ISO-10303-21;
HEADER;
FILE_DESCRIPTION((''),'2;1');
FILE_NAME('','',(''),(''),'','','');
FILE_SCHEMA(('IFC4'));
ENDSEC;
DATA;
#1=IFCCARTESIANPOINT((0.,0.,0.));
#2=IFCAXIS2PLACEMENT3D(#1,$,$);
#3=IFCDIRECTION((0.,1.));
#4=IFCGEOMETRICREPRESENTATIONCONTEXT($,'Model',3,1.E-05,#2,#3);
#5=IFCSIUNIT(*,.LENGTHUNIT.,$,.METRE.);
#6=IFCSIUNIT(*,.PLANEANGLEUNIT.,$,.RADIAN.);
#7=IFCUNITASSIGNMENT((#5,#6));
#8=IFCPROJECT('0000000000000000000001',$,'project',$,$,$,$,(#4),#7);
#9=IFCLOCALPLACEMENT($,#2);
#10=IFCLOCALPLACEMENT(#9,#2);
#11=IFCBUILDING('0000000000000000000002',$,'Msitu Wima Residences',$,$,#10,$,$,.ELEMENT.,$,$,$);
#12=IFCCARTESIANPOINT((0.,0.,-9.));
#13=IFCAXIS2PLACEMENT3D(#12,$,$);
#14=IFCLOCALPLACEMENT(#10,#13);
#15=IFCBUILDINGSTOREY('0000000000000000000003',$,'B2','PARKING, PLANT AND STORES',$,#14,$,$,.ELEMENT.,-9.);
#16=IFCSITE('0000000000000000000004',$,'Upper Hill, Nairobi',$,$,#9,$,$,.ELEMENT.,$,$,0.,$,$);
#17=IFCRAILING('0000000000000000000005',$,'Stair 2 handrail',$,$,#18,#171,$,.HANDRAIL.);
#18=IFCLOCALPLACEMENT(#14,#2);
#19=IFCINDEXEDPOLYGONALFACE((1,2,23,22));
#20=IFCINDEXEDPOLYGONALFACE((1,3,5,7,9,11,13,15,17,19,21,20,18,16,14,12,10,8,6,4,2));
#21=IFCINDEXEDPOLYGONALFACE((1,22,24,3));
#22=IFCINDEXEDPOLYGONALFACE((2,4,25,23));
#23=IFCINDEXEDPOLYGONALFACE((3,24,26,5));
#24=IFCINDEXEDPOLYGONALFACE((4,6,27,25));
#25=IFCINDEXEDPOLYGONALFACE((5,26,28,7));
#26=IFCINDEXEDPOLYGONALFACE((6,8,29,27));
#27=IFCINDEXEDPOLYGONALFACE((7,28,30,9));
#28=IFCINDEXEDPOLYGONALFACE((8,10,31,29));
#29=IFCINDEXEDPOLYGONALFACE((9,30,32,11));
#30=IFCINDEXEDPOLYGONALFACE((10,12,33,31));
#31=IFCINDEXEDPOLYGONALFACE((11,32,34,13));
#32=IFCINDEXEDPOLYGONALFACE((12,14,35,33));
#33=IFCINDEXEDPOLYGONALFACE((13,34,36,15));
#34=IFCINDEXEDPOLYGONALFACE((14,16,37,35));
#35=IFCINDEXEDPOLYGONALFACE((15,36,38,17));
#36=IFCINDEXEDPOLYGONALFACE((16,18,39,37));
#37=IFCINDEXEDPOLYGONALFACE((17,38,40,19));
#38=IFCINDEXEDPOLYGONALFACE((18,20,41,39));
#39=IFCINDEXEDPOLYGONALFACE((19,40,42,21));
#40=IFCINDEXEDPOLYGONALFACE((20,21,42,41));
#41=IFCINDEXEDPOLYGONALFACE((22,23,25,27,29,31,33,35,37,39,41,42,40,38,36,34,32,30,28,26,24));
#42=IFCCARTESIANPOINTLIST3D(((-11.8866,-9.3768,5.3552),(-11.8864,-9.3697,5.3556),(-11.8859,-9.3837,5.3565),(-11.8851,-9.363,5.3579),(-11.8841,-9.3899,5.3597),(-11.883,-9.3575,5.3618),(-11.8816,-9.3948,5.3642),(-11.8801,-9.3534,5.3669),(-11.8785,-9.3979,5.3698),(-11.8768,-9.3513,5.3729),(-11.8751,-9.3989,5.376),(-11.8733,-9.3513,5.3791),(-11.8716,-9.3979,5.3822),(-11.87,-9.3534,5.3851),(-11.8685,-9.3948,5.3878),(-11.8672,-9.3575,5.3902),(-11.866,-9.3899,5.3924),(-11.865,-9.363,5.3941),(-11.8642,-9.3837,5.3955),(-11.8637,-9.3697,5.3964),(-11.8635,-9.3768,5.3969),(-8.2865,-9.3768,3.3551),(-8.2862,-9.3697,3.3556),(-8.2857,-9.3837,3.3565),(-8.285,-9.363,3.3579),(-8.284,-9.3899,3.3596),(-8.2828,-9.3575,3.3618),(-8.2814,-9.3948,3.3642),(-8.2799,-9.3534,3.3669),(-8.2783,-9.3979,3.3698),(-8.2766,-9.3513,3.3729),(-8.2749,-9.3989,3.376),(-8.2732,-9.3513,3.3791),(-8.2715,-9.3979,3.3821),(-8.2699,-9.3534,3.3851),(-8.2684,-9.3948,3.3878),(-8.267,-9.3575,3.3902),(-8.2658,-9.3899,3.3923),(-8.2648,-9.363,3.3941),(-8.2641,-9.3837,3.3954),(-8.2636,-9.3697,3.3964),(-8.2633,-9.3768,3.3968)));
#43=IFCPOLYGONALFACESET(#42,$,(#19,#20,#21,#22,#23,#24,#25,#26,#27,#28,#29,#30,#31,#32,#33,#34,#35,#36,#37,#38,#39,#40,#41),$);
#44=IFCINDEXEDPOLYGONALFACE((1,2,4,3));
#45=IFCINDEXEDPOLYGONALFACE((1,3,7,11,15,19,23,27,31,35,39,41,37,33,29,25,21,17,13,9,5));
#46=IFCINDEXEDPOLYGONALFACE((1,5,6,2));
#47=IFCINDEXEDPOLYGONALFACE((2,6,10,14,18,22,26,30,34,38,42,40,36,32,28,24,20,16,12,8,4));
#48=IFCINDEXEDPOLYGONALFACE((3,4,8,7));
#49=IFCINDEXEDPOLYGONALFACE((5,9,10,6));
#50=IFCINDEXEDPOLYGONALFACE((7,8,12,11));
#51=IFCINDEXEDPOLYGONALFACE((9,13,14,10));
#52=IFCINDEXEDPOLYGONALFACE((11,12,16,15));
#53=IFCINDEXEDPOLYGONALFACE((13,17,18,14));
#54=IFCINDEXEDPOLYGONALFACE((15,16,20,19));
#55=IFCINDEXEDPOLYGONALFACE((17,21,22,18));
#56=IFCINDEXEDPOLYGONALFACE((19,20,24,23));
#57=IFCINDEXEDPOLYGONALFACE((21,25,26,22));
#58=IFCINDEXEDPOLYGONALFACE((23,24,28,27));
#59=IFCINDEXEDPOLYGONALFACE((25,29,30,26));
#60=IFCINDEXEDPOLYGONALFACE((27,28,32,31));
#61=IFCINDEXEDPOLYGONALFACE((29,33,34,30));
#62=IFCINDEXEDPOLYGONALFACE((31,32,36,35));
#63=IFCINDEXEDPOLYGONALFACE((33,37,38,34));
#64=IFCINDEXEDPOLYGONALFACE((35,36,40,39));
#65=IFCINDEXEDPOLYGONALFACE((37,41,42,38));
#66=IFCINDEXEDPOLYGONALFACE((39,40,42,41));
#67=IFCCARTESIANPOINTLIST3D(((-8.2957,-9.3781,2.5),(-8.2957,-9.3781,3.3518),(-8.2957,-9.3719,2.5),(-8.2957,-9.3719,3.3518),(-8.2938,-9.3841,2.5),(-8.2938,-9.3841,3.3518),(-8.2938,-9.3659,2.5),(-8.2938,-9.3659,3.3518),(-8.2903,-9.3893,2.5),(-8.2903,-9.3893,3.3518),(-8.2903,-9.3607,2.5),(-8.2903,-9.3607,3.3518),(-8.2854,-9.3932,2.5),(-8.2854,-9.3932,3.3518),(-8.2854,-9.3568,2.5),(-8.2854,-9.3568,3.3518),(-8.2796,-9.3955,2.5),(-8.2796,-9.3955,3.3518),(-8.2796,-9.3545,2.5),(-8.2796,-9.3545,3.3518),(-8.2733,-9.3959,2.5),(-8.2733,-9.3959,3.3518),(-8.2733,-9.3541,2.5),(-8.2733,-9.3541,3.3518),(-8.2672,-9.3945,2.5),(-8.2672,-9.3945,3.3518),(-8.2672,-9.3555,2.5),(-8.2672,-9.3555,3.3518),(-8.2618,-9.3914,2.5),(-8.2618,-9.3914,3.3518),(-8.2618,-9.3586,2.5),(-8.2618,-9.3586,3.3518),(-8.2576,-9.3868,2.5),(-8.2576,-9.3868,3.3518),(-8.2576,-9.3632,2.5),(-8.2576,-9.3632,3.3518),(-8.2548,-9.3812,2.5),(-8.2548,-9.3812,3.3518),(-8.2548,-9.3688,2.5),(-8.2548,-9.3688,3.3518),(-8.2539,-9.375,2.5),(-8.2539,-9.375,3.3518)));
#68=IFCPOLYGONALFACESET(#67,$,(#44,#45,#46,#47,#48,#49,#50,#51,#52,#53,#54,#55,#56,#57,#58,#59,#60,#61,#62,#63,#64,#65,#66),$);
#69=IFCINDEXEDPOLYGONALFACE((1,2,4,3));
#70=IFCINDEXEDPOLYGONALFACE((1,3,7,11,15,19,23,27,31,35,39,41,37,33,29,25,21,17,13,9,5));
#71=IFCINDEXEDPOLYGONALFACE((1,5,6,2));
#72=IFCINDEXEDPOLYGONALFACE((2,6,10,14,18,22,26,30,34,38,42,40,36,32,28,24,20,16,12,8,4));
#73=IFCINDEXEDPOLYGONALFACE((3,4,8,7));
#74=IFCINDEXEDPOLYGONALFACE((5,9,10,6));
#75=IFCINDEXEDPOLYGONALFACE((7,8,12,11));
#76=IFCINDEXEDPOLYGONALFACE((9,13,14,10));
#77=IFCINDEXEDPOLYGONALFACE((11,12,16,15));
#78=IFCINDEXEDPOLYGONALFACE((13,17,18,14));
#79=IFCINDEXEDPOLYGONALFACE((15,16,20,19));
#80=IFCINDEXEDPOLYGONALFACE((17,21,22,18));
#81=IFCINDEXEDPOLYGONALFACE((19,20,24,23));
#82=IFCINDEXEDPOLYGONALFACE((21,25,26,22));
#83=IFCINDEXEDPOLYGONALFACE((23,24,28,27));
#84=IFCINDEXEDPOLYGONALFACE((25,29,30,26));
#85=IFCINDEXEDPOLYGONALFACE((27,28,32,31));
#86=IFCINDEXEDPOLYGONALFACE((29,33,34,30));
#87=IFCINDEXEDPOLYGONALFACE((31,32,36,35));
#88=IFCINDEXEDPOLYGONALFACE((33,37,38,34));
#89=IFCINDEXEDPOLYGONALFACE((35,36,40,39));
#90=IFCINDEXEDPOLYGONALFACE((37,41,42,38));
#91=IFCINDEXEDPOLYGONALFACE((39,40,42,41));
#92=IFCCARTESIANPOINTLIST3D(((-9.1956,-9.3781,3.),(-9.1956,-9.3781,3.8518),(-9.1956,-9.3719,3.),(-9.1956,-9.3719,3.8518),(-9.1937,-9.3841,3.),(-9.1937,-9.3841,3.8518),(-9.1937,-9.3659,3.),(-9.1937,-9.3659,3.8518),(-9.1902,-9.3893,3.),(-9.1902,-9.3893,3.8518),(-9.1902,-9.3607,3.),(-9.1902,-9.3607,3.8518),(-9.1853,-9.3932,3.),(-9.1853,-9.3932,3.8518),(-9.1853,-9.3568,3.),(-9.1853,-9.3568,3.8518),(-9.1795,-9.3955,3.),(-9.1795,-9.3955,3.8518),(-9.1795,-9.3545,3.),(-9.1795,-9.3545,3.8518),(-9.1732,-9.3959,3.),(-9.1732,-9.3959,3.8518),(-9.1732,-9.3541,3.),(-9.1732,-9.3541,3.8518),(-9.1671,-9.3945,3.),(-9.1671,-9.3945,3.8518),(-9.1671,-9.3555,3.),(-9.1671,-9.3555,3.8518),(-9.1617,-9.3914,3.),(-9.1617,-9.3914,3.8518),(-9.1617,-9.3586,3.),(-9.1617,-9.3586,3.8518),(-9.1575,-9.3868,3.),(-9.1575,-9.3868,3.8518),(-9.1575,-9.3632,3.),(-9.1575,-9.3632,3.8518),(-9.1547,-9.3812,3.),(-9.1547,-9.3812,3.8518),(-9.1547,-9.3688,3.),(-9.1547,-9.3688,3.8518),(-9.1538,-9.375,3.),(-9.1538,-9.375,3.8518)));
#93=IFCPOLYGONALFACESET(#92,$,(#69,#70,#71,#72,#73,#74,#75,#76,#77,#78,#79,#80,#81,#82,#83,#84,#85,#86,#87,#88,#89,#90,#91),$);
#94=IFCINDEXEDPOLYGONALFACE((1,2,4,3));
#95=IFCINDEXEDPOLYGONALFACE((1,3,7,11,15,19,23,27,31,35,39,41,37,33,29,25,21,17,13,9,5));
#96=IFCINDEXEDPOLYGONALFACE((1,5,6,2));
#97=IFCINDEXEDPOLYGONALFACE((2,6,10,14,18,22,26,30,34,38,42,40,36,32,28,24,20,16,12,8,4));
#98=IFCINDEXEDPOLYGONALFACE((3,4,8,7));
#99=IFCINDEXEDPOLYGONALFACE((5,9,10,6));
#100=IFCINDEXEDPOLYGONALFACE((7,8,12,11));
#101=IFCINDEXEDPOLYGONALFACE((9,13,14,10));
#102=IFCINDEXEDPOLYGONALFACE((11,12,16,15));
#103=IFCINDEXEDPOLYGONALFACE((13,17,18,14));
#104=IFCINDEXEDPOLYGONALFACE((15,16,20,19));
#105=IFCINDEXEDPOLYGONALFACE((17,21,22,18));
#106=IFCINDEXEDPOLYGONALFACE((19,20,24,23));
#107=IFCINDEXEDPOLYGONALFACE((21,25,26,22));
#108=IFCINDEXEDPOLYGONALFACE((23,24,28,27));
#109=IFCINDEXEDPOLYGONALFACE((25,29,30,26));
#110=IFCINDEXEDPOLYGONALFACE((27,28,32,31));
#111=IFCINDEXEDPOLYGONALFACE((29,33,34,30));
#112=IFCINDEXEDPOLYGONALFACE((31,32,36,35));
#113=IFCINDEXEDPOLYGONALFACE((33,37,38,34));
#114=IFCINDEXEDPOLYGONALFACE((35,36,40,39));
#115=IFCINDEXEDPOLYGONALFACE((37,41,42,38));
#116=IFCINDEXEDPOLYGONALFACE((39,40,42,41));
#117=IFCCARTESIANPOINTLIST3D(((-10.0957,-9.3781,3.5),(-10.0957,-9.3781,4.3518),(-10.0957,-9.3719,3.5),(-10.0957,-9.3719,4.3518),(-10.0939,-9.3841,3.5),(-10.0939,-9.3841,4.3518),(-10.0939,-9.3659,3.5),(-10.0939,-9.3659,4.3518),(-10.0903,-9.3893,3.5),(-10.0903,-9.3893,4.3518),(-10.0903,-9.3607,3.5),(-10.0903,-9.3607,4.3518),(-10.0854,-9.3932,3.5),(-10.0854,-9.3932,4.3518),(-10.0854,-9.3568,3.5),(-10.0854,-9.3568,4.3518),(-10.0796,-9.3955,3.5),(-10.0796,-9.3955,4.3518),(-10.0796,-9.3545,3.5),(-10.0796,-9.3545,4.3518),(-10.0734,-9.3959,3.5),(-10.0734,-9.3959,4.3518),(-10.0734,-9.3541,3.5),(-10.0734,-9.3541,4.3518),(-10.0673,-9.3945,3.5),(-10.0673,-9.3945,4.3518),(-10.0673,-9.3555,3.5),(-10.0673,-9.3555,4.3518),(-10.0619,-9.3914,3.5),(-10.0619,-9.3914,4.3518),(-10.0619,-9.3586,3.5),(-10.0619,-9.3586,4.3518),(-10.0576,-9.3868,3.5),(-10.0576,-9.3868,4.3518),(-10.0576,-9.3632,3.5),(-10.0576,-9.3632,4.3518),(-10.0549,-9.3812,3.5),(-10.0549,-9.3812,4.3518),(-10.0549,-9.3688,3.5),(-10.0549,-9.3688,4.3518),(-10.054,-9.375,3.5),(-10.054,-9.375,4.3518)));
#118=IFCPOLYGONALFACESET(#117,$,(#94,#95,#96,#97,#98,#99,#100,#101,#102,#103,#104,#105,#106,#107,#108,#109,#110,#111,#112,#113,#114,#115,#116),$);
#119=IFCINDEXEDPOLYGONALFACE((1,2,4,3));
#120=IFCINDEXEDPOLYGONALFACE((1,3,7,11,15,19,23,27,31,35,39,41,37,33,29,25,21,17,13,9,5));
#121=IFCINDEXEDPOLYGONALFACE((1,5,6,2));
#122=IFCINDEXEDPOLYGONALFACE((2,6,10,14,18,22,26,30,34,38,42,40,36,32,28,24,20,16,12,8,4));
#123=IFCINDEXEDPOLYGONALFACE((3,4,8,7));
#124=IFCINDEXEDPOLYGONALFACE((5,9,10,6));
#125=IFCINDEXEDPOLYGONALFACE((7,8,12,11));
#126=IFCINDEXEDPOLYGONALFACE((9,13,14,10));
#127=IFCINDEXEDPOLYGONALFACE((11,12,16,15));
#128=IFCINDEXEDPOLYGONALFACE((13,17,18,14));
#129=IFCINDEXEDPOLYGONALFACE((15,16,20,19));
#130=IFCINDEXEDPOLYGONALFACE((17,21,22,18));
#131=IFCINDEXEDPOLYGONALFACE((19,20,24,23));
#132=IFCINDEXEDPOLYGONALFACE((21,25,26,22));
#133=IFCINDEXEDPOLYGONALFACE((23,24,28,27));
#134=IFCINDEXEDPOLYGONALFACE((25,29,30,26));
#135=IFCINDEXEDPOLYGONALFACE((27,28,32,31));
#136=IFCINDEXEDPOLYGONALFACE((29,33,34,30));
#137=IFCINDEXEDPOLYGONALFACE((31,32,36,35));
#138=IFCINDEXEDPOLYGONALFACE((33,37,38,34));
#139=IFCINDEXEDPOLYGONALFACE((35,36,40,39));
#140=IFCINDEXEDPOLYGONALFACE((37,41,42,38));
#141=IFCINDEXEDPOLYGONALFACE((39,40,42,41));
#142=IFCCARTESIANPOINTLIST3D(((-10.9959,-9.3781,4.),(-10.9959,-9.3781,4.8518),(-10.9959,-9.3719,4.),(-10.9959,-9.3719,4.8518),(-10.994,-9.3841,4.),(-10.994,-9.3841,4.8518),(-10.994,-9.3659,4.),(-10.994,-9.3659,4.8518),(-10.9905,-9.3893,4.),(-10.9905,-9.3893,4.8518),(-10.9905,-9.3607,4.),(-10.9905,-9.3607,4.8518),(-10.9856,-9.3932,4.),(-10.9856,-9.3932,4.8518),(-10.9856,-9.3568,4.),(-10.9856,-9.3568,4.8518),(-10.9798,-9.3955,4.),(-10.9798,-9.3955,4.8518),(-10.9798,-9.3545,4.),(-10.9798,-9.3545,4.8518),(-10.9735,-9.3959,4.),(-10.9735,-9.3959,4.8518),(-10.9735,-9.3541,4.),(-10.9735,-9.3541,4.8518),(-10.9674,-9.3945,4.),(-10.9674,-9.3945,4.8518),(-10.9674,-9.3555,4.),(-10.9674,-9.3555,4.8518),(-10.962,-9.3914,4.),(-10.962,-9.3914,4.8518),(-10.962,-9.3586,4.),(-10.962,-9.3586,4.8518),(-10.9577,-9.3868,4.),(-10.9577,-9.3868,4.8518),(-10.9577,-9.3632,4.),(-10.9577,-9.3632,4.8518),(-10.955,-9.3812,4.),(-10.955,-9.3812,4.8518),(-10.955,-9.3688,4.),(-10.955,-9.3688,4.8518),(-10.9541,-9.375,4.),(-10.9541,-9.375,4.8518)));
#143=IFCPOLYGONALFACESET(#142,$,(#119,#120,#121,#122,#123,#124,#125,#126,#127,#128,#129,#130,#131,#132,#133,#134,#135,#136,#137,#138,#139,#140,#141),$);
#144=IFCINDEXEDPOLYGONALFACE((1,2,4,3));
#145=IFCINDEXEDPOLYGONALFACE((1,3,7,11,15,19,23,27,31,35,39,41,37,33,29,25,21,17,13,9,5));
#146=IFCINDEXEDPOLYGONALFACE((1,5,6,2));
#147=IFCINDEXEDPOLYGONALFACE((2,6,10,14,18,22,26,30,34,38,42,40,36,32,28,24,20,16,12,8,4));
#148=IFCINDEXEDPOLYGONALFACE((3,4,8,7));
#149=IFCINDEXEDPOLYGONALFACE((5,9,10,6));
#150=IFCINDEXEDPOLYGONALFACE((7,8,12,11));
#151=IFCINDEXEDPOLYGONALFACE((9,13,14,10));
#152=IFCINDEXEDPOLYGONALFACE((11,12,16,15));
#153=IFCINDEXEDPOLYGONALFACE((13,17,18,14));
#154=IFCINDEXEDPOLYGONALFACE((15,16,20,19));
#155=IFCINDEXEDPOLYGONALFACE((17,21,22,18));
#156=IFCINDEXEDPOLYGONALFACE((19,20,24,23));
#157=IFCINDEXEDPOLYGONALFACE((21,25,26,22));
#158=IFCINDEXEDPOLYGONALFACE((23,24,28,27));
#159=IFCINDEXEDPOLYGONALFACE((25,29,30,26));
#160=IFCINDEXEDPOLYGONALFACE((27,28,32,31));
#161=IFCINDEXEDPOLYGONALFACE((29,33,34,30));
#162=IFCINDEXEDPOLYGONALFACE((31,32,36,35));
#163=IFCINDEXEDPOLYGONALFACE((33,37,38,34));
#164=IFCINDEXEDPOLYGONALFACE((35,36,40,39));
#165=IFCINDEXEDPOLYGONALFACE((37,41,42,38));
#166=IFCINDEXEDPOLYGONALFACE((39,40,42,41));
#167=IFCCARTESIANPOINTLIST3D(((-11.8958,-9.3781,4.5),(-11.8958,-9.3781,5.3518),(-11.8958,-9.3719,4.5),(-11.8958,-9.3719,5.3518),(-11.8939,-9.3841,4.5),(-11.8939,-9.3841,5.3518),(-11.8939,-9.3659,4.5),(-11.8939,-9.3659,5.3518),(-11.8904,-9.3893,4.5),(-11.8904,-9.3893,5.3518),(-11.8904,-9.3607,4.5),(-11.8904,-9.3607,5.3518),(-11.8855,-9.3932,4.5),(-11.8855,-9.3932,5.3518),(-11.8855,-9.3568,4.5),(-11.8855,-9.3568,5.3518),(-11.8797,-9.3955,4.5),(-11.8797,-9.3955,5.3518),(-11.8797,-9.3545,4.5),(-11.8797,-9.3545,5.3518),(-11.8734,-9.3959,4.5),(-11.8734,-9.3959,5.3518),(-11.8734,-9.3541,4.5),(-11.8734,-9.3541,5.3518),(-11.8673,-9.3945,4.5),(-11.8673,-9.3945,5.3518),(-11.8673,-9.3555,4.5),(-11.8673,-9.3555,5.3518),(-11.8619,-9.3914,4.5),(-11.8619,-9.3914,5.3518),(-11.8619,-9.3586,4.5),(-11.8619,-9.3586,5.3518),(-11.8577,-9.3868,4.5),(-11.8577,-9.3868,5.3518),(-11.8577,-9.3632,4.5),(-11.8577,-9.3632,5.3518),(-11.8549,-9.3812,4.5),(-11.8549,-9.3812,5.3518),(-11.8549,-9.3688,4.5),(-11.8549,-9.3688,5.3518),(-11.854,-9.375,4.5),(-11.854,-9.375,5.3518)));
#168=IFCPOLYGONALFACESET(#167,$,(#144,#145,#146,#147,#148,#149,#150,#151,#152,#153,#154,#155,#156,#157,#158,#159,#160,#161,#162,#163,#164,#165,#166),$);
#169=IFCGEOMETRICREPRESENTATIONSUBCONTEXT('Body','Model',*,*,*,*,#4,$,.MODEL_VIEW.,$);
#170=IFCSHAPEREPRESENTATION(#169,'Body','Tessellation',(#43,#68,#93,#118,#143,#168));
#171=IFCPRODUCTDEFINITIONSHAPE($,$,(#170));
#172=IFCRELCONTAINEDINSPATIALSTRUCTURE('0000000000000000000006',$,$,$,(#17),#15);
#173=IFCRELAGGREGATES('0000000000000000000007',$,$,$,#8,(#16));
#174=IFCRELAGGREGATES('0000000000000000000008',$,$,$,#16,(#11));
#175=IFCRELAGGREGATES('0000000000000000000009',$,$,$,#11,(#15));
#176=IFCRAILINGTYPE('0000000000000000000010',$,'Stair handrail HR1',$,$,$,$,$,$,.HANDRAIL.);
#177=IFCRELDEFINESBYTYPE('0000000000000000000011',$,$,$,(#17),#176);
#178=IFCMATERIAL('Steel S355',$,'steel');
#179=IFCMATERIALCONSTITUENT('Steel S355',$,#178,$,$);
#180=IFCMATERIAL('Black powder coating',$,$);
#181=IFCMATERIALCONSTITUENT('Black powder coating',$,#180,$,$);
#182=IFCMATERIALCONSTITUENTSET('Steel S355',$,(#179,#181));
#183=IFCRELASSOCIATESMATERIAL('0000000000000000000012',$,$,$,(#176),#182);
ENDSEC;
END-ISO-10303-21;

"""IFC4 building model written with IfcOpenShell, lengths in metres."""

from ifc_helpers import new_model, si_unit, direction, frame, origin, origin_2d, place, context, subcontext, project, spatial, circle, extrude, material, constituent, constituent_set, type_object, element, save


model = new_model("IFC4")

# Units and contexts
model_context = context("Model", 3, precision=1e-05, world=origin(), true_north=direction((0.0, 1.0)))
body_context = subcontext(model_context, "Body", "Model", "MODEL_VIEW")
ifc_project = project(units=[si_unit("LENGTHUNIT", "METRE"), si_unit("PLANEANGLEUNIT", "RADIAN")], contexts=[model_context])

# Site, building, storey
site_placement = place(None, origin())
site = spatial("IfcSite", under=ifc_project, at=site_placement, Name="Upper Hill, Nairobi", CompositionType="ELEMENT", RefElevation=0.0)
building_placement = place(site_placement, origin())
building = spatial("IfcBuilding", under=site, at=building_placement, Name="Msitu Wima Residences", CompositionType="ELEMENT")
storey_placement = place(building_placement, frame((0.0, 0.0, -9.0)))
storey = spatial("IfcBuildingStorey", under=building, at=storey_placement, Name="B2", Description="PARKING, PLANT AND STORES", CompositionType="ELEMENT", Elevation=-9.0)

# Railing
ifc_material_1 = material(Name="Steel S355", Category="steel")
ifc_constituent_1 = constituent(ifc_material_1, Name="Steel S355")
ifc_material_2 = material(Name="Black powder coating")
ifc_constituent_2 = constituent(ifc_material_2, Name="Black powder coating")
ifc_constituent_set = constituent_set(constituents=[ifc_constituent_1, ifc_constituent_2], Name="Steel S355")
railing_type = type_object("IfcRailingType", Name="Stair handrail HR1", PredefinedType="HANDRAIL", material=ifc_constituent_set)
for number, where, name in (
    (1, (-8.2749, -9.375, 2.5), "Stair 2 handrail"),
):
    element("IfcRailing", number, at=place(storey_placement, frame(where)), inside=storey, type_object=railing_type, Name=name, PredefinedType="HANDRAIL", context=body_context, shape_type="SweptSolid", body=[
        extrude(circle(Radius=0.0239, at=origin_2d()), frame((0.0, 0.0, 0.876), z_axis=(-0.874163, 0.0, 0.485633), x_axis=(0.0, -1.0, 0.0)), (0.0, 0.0, 1.0), 4.1184),
        extrude(circle(Radius=0.021, at=origin_2d()), origin(), (0.0, 0.0, 1.0), 0.8518),
        extrude(circle(Radius=0.021, at=origin_2d()), frame((-0.8999, 0.0, 0.5)), (0.0, 0.0, 1.0), 0.8518),
        extrude(circle(Radius=0.021, at=origin_2d()), frame((-1.8, 0.0, 1.0)), (0.0, 0.0, 1.0), 0.8518),
        extrude(circle(Radius=0.021, at=origin_2d()), frame((-2.7002, 0.0, 1.5)), (0.0, 0.0, 1.0), 0.8518),
        extrude(circle(Radius=0.021, at=origin_2d()), frame((-3.6001, 0.0, 2.0)), (0.0, 0.0, 1.0), 0.8518),
    ])

save(model, "model.ifc")
